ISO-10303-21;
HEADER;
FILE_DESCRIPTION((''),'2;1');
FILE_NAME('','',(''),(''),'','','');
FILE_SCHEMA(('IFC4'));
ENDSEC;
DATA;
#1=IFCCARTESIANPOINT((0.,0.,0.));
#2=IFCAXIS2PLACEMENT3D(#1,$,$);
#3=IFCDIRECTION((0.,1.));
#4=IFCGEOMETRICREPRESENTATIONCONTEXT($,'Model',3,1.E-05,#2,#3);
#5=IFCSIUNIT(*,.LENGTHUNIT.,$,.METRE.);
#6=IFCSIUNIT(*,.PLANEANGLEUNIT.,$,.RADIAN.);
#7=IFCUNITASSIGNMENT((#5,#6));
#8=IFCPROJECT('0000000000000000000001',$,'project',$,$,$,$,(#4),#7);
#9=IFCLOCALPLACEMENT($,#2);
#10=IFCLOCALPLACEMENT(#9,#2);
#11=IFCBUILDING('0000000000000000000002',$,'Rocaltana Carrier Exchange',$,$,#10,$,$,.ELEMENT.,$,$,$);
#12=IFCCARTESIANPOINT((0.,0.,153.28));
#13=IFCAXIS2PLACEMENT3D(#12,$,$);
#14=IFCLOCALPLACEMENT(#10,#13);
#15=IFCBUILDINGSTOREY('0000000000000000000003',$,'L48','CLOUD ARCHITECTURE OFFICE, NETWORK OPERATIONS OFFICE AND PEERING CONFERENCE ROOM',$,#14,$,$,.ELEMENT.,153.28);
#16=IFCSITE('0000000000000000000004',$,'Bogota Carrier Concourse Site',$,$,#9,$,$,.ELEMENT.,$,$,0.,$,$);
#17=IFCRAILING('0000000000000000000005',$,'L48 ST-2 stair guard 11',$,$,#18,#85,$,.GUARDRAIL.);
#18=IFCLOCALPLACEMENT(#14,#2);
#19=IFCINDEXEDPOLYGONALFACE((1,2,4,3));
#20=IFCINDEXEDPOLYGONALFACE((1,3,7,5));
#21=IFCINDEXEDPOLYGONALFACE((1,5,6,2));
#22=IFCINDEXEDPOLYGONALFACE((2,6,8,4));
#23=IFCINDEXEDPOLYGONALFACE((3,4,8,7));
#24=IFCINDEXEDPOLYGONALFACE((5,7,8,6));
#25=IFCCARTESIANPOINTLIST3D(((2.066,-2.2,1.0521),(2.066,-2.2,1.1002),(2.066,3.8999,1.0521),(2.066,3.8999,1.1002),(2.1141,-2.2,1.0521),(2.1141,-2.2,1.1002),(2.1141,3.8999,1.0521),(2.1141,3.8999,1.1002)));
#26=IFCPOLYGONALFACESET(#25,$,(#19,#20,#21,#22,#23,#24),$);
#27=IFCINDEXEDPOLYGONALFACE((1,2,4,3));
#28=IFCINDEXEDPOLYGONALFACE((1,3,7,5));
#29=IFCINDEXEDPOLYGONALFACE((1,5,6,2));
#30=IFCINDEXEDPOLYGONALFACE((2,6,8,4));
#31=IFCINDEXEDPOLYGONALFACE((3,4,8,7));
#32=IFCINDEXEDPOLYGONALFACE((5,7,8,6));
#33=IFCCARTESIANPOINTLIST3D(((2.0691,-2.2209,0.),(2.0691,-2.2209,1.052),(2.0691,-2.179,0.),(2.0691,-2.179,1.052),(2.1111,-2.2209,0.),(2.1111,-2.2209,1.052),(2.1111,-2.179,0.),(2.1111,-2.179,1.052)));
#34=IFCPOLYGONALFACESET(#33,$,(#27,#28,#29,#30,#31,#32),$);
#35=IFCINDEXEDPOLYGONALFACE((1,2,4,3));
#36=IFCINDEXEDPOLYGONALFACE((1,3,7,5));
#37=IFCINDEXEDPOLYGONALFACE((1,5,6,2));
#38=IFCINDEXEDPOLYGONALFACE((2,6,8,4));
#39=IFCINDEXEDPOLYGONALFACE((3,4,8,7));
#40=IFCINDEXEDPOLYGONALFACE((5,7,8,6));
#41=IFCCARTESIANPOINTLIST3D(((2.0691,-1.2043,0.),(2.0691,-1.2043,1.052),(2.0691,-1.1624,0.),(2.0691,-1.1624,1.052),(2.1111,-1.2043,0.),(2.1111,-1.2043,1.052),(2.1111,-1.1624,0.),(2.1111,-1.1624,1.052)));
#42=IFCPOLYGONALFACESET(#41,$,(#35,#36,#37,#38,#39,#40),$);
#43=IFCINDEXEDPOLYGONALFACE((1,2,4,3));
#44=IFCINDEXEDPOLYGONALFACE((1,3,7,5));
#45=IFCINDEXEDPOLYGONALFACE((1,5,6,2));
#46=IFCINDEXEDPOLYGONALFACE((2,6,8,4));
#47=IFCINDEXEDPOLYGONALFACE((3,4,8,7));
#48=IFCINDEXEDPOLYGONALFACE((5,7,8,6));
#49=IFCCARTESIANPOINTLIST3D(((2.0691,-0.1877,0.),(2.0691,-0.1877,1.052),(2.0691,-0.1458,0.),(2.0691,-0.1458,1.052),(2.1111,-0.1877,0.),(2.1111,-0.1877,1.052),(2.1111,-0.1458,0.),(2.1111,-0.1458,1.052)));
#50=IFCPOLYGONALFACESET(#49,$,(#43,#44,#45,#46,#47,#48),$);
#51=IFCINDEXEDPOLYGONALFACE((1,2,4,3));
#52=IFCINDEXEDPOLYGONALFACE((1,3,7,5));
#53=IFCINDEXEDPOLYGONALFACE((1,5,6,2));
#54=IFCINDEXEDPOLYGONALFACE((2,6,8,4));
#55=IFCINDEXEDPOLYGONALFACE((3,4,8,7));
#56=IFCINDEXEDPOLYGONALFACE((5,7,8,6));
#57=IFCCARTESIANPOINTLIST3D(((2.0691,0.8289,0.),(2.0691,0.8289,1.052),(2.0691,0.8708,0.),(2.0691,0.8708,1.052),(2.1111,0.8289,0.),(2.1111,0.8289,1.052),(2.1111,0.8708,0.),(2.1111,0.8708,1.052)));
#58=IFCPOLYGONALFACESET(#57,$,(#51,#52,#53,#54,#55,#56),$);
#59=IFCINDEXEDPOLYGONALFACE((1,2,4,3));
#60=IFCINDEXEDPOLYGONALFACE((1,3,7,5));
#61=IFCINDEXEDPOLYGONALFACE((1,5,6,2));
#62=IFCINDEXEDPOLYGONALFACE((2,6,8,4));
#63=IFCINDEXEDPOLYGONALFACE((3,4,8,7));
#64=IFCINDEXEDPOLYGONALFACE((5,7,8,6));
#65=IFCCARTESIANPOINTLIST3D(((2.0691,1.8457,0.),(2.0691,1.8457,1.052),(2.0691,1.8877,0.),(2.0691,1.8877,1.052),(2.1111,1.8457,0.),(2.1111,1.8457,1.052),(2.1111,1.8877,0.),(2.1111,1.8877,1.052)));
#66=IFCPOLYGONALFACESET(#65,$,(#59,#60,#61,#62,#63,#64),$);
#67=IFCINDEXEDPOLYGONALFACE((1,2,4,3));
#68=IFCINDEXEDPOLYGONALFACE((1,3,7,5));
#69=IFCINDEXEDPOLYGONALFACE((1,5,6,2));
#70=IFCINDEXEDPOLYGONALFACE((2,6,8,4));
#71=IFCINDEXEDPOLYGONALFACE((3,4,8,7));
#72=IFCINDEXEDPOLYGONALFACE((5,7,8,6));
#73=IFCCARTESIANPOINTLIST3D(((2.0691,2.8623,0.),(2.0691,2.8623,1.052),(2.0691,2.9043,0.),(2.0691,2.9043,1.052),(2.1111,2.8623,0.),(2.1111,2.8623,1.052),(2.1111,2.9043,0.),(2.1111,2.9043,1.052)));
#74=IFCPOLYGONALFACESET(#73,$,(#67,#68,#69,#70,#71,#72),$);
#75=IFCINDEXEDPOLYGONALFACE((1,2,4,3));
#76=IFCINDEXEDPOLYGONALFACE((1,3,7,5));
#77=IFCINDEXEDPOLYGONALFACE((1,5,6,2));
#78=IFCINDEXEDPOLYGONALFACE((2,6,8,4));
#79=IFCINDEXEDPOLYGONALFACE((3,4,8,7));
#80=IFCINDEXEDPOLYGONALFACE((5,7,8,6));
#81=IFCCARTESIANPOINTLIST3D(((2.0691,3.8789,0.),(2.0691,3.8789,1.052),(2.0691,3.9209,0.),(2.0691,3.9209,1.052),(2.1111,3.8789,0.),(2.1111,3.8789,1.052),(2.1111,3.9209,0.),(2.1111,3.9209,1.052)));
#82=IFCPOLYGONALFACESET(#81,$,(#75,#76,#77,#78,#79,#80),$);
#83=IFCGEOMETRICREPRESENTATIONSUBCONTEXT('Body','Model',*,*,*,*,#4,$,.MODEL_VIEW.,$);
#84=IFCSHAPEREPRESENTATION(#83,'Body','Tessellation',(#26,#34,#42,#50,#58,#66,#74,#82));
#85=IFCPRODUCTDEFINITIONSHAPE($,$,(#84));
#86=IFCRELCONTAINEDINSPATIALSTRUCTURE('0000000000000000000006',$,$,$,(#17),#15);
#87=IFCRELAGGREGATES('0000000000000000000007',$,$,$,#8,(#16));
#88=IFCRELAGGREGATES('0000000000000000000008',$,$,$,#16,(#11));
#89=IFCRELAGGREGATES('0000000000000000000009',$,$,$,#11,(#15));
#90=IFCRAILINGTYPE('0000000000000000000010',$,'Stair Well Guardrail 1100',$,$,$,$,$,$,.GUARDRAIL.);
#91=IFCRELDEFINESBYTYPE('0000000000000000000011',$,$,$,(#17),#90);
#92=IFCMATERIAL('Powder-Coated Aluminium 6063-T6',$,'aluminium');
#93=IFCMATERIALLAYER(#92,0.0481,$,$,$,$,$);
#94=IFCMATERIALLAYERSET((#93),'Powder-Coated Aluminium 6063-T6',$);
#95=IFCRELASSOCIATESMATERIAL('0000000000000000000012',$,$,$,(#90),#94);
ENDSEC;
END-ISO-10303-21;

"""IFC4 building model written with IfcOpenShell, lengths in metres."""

from ifc_helpers import new_model, si_unit, direction, frame, origin, origin_2d, place, context, subcontext, project, spatial, rectangle, extrude, material, layer, layer_set, type_object, element, save


model = new_model("IFC4")

# Units and contexts
model_context = context("Model", 3, precision=1e-05, world=origin(), true_north=direction((0.0, 1.0)))
body_context = subcontext(model_context, "Body", "Model", "MODEL_VIEW")
ifc_project = project(units=[si_unit("LENGTHUNIT", "METRE"), si_unit("PLANEANGLEUNIT", "RADIAN")], contexts=[model_context])

# Site, building, storey
site_placement = place(None, origin())
site = spatial("IfcSite", under=ifc_project, at=site_placement, Name="Bogota Carrier Concourse Site", CompositionType="ELEMENT", RefElevation=0.0)
building_placement = place(site_placement, origin())
building = spatial("IfcBuilding", under=site, at=building_placement, Name="Rocaltana Carrier Exchange", CompositionType="ELEMENT")
storey_placement = place(building_placement, frame((0.0, 0.0, 153.28)))
storey = spatial("IfcBuildingStorey", under=building, at=storey_placement, Name="L48", Description="CLOUD ARCHITECTURE OFFICE, NETWORK OPERATIONS OFFICE AND PEERING CONFERENCE ROOM", CompositionType="ELEMENT", Elevation=153.28)

# Railing
ifc_material_1 = material(Name="Powder-Coated Aluminium 6063-T6", Category="aluminium")
ifc_layer_1 = layer(ifc_material_1, 0.0481)
ifc_layer_set_1 = layer_set([ifc_layer_1], Name="Powder-Coated Aluminium 6063-T6")
railing_type_1 = type_object("IfcRailingType", Name="Stair Well Guardrail 1100", PredefinedType="GUARDRAIL", material=ifc_layer_set_1)
for number, where, name in (
    (1, (2.0901, -2.2, 0.0), "L48 ST-2 stair guard 11"),
):
    element("IfcRailing", number, at=place(storey_placement, frame(where)), inside=storey, type_object=railing_type_1, Name=name, PredefinedType="GUARDRAIL", context=body_context, shape_type="SweptSolid", body=[
        extrude(rectangle(XDim=0.0481, YDim=0.0481, at=origin_2d()), frame((0.0, 0.0, 1.0762), z_axis=(0.0, 1.0, 0.0), x_axis=(-1.0, 0.0, 0.0)), (0.0, 0.0, 1.0), 6.0999),
        extrude(rectangle(XDim=0.042, YDim=0.042, at=origin_2d()), origin(), (0.0, 0.0, 1.0), 1.052),
        extrude(rectangle(XDim=0.042, YDim=0.042, at=origin_2d()), frame((0.0, 1.0166, 0.0)), (0.0, 0.0, 1.0), 1.052),
        extrude(rectangle(XDim=0.042, YDim=0.042, at=origin_2d()), frame((0.0, 2.0332, 0.0)), (0.0, 0.0, 1.0), 1.052),
        extrude(rectangle(XDim=0.042, YDim=0.042, at=origin_2d()), frame((0.0, 3.0498, 0.0)), (0.0, 0.0, 1.0), 1.052),
        extrude(rectangle(XDim=0.042, YDim=0.042, at=origin_2d()), frame((0.0, 4.0667, 0.0)), (0.0, 0.0, 1.0), 1.052),
        extrude(rectangle(XDim=0.042, YDim=0.042, at=origin_2d()), frame((0.0, 5.0833, 0.0)), (0.0, 0.0, 1.0), 1.052),
        extrude(rectangle(XDim=0.042, YDim=0.042, at=origin_2d()), frame((0.0, 6.0999, 0.0)), (0.0, 0.0, 1.0), 1.052),
    ])

save(model, "model.ifc")
